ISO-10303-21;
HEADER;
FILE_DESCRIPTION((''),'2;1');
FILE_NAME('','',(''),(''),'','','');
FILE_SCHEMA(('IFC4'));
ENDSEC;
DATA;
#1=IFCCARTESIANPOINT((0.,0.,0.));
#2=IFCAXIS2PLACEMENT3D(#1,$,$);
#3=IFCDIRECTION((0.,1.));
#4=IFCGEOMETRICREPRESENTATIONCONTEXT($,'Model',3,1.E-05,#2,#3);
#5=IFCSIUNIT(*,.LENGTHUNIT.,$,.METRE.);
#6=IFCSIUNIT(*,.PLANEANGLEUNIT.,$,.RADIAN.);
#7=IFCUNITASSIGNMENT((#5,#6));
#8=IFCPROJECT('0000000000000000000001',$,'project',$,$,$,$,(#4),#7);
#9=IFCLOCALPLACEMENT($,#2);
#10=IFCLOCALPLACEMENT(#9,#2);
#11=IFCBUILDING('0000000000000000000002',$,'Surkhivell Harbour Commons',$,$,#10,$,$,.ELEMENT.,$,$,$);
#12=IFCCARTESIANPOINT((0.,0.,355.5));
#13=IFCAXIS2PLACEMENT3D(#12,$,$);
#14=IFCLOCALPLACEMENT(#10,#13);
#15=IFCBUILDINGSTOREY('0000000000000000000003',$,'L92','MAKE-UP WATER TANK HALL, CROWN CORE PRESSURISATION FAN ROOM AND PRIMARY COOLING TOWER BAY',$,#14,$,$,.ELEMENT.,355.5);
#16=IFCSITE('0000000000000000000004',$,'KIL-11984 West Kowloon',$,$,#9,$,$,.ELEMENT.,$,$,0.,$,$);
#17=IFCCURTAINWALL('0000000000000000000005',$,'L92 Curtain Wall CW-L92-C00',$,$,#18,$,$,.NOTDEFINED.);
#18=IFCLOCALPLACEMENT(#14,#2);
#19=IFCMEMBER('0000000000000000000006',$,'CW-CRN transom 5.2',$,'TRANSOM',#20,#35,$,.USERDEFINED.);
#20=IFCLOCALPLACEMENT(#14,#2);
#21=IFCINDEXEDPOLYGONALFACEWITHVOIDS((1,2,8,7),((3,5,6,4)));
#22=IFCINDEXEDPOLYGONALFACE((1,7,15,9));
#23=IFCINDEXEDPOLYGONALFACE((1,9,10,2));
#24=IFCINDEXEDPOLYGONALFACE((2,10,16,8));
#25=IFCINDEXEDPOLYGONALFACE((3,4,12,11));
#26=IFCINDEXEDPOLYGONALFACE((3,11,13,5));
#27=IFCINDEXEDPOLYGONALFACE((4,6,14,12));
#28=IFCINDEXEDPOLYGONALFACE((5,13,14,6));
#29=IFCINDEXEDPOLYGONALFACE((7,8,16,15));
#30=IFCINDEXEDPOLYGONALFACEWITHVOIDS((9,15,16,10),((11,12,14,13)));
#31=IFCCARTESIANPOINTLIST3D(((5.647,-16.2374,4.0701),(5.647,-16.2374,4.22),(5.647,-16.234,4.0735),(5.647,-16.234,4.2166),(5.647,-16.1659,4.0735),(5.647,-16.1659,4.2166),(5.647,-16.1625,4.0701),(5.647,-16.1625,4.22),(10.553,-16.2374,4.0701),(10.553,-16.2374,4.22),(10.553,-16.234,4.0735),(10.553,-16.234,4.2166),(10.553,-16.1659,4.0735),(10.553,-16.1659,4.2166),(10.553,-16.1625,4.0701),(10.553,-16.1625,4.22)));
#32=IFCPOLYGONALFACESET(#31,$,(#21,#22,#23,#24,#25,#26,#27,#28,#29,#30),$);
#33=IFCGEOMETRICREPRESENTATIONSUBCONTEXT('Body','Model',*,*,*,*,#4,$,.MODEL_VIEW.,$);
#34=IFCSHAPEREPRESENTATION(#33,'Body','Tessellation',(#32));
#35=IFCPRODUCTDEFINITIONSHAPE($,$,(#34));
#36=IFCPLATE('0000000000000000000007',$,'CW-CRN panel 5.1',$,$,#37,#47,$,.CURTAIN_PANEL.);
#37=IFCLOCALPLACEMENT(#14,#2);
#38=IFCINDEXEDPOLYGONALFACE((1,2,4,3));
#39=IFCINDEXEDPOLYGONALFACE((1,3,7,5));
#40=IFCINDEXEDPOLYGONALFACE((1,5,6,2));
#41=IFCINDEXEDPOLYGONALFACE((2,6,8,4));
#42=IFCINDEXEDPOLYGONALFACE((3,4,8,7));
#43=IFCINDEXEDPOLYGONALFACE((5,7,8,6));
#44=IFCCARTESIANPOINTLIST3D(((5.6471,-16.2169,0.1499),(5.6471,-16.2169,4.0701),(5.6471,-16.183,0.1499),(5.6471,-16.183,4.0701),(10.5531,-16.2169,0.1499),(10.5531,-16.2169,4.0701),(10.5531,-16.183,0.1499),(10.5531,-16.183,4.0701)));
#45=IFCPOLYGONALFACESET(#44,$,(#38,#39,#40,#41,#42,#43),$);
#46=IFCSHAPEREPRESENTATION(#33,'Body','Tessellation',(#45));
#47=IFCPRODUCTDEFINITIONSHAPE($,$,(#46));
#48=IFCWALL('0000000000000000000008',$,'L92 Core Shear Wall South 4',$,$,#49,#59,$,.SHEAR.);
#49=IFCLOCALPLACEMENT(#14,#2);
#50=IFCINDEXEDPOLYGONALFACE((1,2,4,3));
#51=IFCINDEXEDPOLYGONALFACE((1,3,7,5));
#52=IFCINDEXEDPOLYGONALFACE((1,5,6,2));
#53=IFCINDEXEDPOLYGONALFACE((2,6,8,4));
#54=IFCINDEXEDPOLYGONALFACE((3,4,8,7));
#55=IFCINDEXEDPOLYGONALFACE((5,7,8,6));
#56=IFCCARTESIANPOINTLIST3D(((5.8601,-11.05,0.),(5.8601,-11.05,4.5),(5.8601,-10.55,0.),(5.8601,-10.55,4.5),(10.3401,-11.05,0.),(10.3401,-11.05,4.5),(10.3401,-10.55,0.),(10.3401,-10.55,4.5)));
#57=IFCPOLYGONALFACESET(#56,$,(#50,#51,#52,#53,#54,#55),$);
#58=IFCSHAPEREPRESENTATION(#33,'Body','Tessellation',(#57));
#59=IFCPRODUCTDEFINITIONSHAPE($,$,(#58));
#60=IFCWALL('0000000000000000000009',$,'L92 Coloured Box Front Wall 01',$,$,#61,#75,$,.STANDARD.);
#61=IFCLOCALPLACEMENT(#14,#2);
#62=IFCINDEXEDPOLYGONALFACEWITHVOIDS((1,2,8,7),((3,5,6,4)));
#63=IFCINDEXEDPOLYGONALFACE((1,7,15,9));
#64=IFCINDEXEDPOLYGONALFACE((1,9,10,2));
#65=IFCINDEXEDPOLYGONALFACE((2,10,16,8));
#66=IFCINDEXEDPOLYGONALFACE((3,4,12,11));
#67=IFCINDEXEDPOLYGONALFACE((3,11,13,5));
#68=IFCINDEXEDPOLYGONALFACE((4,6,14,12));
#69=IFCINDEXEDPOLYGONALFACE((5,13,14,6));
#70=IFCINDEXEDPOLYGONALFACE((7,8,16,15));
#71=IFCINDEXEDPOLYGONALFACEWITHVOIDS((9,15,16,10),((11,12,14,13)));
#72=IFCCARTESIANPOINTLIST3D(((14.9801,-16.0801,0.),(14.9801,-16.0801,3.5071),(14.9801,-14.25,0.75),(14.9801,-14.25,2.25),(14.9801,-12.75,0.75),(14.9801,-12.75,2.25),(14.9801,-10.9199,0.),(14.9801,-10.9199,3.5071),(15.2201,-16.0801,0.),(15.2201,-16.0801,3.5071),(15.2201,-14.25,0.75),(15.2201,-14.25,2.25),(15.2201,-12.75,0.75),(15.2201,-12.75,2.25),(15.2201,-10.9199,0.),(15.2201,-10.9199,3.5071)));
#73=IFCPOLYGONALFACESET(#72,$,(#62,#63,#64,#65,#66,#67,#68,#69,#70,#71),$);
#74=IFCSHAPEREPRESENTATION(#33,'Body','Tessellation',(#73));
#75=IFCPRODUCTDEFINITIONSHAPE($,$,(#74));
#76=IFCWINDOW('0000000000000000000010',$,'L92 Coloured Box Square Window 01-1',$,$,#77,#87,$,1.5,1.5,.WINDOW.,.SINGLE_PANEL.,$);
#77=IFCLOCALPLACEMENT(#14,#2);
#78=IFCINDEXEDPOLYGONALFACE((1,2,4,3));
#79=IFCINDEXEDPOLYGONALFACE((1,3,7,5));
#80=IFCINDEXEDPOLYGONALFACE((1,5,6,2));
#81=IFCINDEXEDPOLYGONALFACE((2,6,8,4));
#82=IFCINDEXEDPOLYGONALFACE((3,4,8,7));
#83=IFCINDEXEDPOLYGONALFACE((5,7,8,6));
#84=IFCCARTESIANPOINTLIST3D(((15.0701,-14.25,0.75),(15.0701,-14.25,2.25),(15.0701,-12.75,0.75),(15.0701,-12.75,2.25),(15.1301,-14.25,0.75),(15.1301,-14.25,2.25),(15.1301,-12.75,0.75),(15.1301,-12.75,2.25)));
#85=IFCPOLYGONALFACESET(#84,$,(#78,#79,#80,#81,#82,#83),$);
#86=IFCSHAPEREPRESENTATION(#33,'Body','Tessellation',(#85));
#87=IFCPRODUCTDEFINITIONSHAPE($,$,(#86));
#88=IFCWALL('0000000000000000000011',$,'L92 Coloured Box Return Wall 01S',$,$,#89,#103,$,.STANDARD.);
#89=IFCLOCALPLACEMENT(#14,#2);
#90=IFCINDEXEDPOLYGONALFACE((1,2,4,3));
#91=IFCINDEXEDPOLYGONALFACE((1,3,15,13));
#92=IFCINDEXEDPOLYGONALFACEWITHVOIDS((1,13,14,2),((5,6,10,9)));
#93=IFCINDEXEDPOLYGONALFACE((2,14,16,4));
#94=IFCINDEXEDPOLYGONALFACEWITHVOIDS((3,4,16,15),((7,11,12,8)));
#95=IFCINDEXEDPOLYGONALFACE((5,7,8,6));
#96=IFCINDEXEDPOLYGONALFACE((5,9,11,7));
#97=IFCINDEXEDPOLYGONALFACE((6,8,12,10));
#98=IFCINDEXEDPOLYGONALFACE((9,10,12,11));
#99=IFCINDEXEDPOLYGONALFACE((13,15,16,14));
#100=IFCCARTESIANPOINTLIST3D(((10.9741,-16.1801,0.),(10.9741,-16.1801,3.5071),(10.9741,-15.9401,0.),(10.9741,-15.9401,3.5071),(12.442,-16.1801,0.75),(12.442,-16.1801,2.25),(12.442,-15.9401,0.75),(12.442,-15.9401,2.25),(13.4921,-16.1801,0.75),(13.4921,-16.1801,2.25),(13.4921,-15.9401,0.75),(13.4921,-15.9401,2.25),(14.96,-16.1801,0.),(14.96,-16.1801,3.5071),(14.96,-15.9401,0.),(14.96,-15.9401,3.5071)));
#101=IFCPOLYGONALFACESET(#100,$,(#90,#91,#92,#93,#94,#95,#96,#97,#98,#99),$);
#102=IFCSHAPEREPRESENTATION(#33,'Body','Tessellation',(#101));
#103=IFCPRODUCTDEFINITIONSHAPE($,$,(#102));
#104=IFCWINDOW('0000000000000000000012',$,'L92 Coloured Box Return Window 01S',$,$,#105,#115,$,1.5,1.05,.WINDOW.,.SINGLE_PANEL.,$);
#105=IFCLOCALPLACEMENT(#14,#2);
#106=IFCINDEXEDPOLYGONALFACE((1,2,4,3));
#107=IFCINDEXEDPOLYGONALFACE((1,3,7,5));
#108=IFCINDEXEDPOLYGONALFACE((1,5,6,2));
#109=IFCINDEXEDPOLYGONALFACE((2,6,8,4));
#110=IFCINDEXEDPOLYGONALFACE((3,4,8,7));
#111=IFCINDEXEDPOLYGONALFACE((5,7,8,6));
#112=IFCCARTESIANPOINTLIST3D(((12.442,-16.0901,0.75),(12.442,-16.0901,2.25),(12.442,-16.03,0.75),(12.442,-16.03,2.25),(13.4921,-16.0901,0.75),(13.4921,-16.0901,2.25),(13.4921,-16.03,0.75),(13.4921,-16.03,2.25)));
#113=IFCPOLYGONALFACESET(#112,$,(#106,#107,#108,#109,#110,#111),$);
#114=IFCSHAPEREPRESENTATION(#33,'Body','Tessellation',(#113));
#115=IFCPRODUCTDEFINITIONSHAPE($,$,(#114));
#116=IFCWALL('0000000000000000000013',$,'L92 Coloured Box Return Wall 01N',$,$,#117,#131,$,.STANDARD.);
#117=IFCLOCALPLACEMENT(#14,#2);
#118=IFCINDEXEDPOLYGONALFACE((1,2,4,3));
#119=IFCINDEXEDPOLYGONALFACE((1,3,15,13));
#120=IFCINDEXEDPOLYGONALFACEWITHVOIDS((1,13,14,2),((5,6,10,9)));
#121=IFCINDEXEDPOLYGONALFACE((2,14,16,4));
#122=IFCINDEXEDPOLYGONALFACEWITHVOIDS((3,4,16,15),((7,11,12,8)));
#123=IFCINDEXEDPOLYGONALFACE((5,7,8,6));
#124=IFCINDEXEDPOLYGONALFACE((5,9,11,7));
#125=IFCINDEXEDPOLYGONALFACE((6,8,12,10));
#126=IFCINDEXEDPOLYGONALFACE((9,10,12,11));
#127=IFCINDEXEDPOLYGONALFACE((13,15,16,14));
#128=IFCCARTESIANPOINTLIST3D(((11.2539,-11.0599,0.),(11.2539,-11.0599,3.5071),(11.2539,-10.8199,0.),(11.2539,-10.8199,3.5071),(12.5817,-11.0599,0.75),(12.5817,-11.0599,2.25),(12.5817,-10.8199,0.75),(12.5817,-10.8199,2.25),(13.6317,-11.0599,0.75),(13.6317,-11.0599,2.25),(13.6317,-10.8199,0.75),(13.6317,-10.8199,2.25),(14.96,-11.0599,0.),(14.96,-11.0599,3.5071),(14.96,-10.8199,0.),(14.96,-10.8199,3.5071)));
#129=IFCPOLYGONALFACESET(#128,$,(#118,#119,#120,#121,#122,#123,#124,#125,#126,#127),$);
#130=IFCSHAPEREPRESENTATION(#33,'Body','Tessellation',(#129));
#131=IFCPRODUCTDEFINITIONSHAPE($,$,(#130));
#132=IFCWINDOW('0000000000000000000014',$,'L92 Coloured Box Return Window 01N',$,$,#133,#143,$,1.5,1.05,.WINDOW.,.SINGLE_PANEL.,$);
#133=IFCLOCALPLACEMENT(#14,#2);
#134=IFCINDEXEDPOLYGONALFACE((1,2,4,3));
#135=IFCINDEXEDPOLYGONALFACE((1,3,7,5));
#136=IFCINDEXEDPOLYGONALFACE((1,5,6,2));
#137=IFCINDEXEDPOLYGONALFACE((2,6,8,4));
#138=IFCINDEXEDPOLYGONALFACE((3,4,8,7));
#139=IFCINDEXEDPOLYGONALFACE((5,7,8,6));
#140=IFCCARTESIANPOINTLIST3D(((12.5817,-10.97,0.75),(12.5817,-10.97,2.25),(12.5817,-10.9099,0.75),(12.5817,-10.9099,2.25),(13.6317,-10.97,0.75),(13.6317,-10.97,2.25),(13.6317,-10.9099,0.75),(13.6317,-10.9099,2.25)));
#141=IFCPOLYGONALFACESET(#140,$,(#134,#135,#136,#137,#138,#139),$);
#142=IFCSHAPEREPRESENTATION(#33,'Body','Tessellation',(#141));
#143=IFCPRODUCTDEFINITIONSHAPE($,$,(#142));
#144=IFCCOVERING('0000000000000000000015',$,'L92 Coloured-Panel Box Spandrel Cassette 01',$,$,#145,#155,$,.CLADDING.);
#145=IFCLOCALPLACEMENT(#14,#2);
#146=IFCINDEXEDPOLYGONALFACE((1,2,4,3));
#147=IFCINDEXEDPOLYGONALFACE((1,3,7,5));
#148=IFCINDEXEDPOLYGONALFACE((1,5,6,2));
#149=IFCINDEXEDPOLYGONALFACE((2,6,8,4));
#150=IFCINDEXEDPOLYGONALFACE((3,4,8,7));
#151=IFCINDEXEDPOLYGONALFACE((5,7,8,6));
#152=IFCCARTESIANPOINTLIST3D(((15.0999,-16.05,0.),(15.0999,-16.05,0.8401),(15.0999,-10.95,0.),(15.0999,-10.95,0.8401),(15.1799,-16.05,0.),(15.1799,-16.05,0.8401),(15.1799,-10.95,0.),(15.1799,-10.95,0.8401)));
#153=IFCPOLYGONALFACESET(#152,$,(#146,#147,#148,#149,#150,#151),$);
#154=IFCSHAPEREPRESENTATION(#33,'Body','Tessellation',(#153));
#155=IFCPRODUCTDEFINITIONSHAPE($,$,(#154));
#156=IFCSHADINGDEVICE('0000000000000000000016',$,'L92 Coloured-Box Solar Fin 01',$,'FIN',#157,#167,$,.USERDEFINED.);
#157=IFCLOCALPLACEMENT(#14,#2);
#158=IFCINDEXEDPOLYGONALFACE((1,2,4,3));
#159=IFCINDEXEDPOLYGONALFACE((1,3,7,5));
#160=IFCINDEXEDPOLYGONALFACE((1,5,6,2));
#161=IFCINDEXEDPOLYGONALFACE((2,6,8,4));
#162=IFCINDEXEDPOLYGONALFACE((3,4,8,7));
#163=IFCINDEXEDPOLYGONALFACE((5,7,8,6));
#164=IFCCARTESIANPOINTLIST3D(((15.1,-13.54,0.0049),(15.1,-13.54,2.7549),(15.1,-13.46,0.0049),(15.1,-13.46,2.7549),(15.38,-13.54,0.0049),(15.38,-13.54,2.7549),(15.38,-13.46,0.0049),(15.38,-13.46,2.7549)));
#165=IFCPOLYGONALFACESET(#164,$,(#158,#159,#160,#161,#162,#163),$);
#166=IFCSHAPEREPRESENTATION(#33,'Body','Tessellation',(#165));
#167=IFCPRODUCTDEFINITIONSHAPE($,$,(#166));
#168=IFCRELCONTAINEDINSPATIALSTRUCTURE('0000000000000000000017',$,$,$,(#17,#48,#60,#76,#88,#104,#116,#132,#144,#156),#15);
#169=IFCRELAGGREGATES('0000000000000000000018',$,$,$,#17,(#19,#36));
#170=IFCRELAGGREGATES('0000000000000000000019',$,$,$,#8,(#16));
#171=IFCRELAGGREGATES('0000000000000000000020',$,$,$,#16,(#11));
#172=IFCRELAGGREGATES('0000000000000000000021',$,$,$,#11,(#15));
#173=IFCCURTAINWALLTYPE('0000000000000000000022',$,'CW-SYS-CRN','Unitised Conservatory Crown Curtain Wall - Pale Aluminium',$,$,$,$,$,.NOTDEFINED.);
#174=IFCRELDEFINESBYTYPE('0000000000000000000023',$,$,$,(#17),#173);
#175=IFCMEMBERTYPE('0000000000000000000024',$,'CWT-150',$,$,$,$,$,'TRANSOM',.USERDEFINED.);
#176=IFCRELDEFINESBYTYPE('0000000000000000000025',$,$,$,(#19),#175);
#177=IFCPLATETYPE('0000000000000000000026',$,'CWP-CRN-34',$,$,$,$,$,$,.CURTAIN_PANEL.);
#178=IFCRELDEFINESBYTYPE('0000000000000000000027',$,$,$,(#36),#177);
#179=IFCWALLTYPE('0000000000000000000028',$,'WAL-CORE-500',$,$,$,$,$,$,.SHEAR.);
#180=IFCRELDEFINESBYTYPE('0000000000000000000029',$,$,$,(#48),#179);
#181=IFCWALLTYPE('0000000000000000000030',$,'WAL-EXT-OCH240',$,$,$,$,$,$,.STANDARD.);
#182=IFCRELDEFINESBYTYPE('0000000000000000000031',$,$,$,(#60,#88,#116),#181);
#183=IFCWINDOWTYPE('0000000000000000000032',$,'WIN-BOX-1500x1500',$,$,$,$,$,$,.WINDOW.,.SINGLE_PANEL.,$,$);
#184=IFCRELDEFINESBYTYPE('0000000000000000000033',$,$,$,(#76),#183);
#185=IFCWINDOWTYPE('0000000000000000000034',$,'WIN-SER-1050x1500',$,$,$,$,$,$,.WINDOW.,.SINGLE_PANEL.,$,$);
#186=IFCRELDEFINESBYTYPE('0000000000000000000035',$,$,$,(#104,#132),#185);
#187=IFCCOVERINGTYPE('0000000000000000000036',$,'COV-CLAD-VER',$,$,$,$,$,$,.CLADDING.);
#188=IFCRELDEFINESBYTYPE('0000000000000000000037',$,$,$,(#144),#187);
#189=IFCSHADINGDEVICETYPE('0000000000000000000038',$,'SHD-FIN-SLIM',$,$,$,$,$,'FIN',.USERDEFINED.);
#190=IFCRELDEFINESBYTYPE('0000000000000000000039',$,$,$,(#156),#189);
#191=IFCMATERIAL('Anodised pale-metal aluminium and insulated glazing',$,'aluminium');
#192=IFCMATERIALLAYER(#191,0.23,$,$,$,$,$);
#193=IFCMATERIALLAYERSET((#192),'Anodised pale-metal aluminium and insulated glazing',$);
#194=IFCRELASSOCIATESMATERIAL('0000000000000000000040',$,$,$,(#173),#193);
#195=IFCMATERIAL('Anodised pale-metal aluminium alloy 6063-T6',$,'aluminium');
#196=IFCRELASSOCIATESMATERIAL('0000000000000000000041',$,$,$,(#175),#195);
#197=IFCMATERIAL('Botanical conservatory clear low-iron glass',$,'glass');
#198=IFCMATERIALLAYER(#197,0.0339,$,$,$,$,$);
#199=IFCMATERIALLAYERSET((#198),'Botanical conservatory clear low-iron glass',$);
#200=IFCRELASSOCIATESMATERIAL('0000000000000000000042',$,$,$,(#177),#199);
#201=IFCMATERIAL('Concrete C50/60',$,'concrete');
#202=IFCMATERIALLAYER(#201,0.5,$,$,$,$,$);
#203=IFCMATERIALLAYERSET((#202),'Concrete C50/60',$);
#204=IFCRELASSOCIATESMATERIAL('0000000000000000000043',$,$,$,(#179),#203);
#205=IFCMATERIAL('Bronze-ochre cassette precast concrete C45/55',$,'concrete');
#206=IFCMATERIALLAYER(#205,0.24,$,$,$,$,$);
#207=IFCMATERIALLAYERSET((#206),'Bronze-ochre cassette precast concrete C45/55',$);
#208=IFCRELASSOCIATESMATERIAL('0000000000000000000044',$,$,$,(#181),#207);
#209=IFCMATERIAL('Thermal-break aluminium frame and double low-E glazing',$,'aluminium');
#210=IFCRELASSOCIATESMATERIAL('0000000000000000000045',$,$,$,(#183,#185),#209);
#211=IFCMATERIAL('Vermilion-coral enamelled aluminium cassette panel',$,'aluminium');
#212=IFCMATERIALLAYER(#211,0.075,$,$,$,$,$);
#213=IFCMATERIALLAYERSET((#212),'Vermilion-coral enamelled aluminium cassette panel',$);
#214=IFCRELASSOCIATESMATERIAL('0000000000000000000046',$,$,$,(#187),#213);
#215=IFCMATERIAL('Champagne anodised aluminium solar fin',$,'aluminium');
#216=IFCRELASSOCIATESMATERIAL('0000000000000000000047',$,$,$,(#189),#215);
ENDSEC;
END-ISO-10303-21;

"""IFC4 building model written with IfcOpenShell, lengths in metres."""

from ifc_helpers import new_model, si_unit, direction, frame, frame_2d, origin, origin_2d, place, context, subcontext, project, spatial, rectangle, hollow_rectangle, extrude, material, layer, layer_set, material_profile, profile_set, type_object, element, fill, aggregate, save


model = new_model("IFC4")

# Units and contexts
model_context = context("Model", 3, precision=1e-05, world=origin(), true_north=direction((0.0, 1.0)))
body_context = subcontext(model_context, "Body", "Model", "MODEL_VIEW")
ifc_project = project(units=[si_unit("LENGTHUNIT", "METRE"), si_unit("PLANEANGLEUNIT", "RADIAN")], contexts=[model_context])

# Site, building, storey
site_placement = place(None, origin())
site = spatial("IfcSite", under=ifc_project, at=site_placement, Name="KIL-11984 West Kowloon", CompositionType="ELEMENT", RefElevation=0.0)
building_placement = place(site_placement, origin())
building = spatial("IfcBuilding", under=site, at=building_placement, Name="Surkhivell Harbour Commons", CompositionType="ELEMENT")
storey_placement = place(building_placement, frame((0.0, 0.0, 355.5)))
storey = spatial("IfcBuildingStorey", under=building, at=storey_placement, Name="L92", Description="MAKE-UP WATER TANK HALL, CROWN CORE PRESSURISATION FAN ROOM AND PRIMARY COOLING TOWER BAY", CompositionType="ELEMENT", Elevation=355.5)

# Curtain wall, member, plate
ifc_material_1 = material(Name="Anodised pale-metal aluminium and insulated glazing", Category="aluminium")
ifc_layer_1 = layer(ifc_material_1, 0.23)
ifc_layer_set_1 = layer_set([ifc_layer_1], Name="Anodised pale-metal aluminium and insulated glazing")
curtain_wall_type = type_object("IfcCurtainWallType", Name="CW-SYS-CRN", Description="Unitised Conservatory Crown Curtain Wall - Pale Aluminium", PredefinedType="NOTDEFINED", material=ifc_layer_set_1)
curtain_wall_placement = place(storey_placement, origin())
curtain_wall = element("IfcCurtainWall", 1, at=curtain_wall_placement, inside=storey, type_object=curtain_wall_type, Name="L92 Curtain Wall CW-L92-C00", PredefinedType="NOTDEFINED")
ifc_material_2 = material(Name="Anodised pale-metal aluminium alloy 6063-T6", Category="aluminium")
ifc_material_profile_1 = material_profile(ifc_material_2, hollow_rectangle(XDim=0.075, YDim=0.1499, WallThickness=0.0034, at=origin_2d()), Name="ALU-TRAN-75x150")
ifc_profile_set_1 = profile_set([ifc_material_profile_1], Name="Anodised pale-metal aluminium alloy 6063-T6")
member_type_1 = type_object("IfcMemberType", Name="CWT-150", ElementType="TRANSOM", PredefinedType="USERDEFINED", material=ifc_profile_set_1)
member_1_placement = place(storey_placement, frame((5.647, -16.2, 4.145), z_axis=(1.0, 0.0, 0.0), x_axis=(0.0, 1.0, 0.0)))
member_1 = element("IfcMember", 2, at=member_1_placement, type_object=member_type_1, Name="CW-CRN transom 5.2", ObjectType="TRANSOM", PredefinedType="USERDEFINED", context=body_context, shape_type="SweptSolid", body=[
    extrude(hollow_rectangle(XDim=0.075, YDim=0.1499, WallThickness=0.0034, at=origin_2d()), origin(), (0.0, 0.0, 1.0), 4.906),
])
ifc_material_3 = material(Name="Botanical conservatory clear low-iron glass", Category="glass")
ifc_layer_2 = layer(ifc_material_3, 0.0339)
ifc_layer_set_2 = layer_set([ifc_layer_2], Name="Botanical conservatory clear low-iron glass")
plate_type = type_object("IfcPlateType", Name="CWP-CRN-34", PredefinedType="CURTAIN_PANEL", material=ifc_layer_set_2)
plate_placement = place(storey_placement, frame((5.647, -16.2, 0.1499), z_axis=(0.0, 0.0, 1.0), x_axis=(1.0, 0.0, 0.0)))
plate = element("IfcPlate", 3, at=plate_placement, type_object=plate_type, Name="CW-CRN panel 5.1", PredefinedType="CURTAIN_PANEL", context=body_context, shape_type="SweptSolid", body=[
    extrude(rectangle(XDim=4.906, YDim=0.0339, at=frame_2d((2.4531, 0.0))), origin(), (0.0, 0.0, 1.0), 3.9202),
])
aggregate(curtain_wall, [member_1, plate])

# Wall
ifc_material_4 = material(Name="Concrete C50/60", Category="concrete")
ifc_layer_3 = layer(ifc_material_4, 0.5)
ifc_layer_set_3 = layer_set([ifc_layer_3], Name="Concrete C50/60")
wall_type_1 = type_object("IfcWallType", Name="WAL-CORE-500", PredefinedType="SHEAR", material=ifc_layer_set_3)
wall_1_placement = place(storey_placement, frame((5.8601, -10.8, 0.0), z_axis=(0.0, 0.0, 1.0), x_axis=(1.0, 0.0, 0.0)))
element("IfcWall", 4, at=wall_1_placement, inside=storey, type_object=wall_type_1, Name="L92 Core Shear Wall South 4", PredefinedType="SHEAR", context=body_context, shape_type="SweptSolid", body=[
    extrude(rectangle(XDim=4.48, YDim=0.5, at=frame_2d((2.24, 0.0))), origin(), (0.0, 0.0, 1.0), 4.5),
])

# Walls, openings, windows
ifc_material_5 = material(Name="Bronze-ochre cassette precast concrete C45/55", Category="concrete")
ifc_layer_4 = layer(ifc_material_5, 0.24)
ifc_layer_set_4 = layer_set([ifc_layer_4], Name="Bronze-ochre cassette precast concrete C45/55")
wall_type_2 = type_object("IfcWallType", Name="WAL-EXT-OCH240", PredefinedType="STANDARD", material=ifc_layer_set_4)
wall_2_placement = place(storey_placement, frame((15.1001, -16.0801, 0.0), z_axis=(0.0, 0.0, 1.0), x_axis=(0.0, 1.0, 0.0)))
wall_2 = element("IfcWall", 5, at=wall_2_placement, inside=storey, type_object=wall_type_2, Name="L92 Coloured Box Front Wall 01", PredefinedType="STANDARD", context=body_context, shape_type="SweptSolid", body=[
    extrude(rectangle(XDim=5.1602, YDim=0.24, at=frame_2d((2.5801, 0.0))), origin(), (0.0, 0.0, 1.0), 3.5071),
])
opening_1_placement = place(wall_2_placement, frame((1.8301, 0.0, 0.75)))
opening_1 = element("IfcOpeningElement", 6, at=opening_1_placement, cuts=wall_2, PredefinedType="OPENING", context=body_context, shape_type="SweptSolid", body=[
    extrude(rectangle(XDim=1.5, YDim=1.5, at=frame_2d((0.75, 0.75))), frame((0.0, 0.1299, 0.0), z_axis=(0.0, -1.0, 0.0), x_axis=(1.0, 0.0, 0.0)), (0.0, 0.0, 1.0), 0.26),
])
ifc_material_6 = material(Name="Thermal-break aluminium frame and double low-E glazing", Category="aluminium")
window_type_1 = type_object("IfcWindowType", Name="WIN-BOX-1500x1500", PartitioningType="SINGLE_PANEL", PredefinedType="WINDOW", material=ifc_material_6)
window_1_placement = place(opening_1_placement, origin())
window_1 = element("IfcWindow", 7, at=window_1_placement, inside=storey, type_object=window_type_1, Name="L92 Coloured Box Square Window 01-1", OverallHeight=1.5, OverallWidth=1.5, PartitioningType="SINGLE_PANEL", PredefinedType="WINDOW", context=body_context, shape_type="SweptSolid", body=[
    extrude(rectangle(XDim=1.5, YDim=1.5, at=frame_2d((0.75, 0.75))), frame((0.0, 0.03, 0.0), z_axis=(0.0, -1.0, 0.0), x_axis=(1.0, 0.0, 0.0)), (0.0, 0.0, 1.0), 0.0601),
])
fill(opening_1, window_1)
wall_3_placement = place(storey_placement, frame((10.9741, -16.0601, 0.0), z_axis=(0.0, 0.0, 1.0), x_axis=(1.0, 0.0, 0.0)))
wall_3 = element("IfcWall", 8, at=wall_3_placement, inside=storey, type_object=wall_type_2, Name="L92 Coloured Box Return Wall 01S", PredefinedType="STANDARD", context=body_context, shape_type="SweptSolid", body=[
    extrude(rectangle(XDim=3.9858, YDim=0.24, at=frame_2d((1.9929, 0.0))), origin(), (0.0, 0.0, 1.0), 3.5071),
])
opening_2_placement = place(wall_3_placement, frame((1.468, 0.0, 0.75)))
opening_2 = element("IfcOpeningElement", 9, at=opening_2_placement, cuts=wall_3, PredefinedType="OPENING", context=body_context, shape_type="SweptSolid", body=[
    extrude(rectangle(XDim=1.05, YDim=1.5, at=frame_2d((0.5249, 0.75))), frame((0.0, 0.1299, 0.0), z_axis=(0.0, -1.0, 0.0), x_axis=(1.0, 0.0, 0.0)), (0.0, 0.0, 1.0), 0.26),
])
window_type_2 = type_object("IfcWindowType", Name="WIN-SER-1050x1500", PartitioningType="SINGLE_PANEL", PredefinedType="WINDOW", material=ifc_material_6)
window_2_placement = place(opening_2_placement, origin())
window_2 = element("IfcWindow", 10, at=window_2_placement, inside=storey, type_object=window_type_2, Name="L92 Coloured Box Return Window 01S", OverallHeight=1.5, OverallWidth=1.05, PartitioningType="SINGLE_PANEL", PredefinedType="WINDOW", context=body_context, shape_type="SweptSolid", body=[
    extrude(rectangle(XDim=1.05, YDim=1.5, at=frame_2d((0.5249, 0.75))), frame((0.0, 0.03, 0.0), z_axis=(0.0, -1.0, 0.0), x_axis=(1.0, 0.0, 0.0)), (0.0, 0.0, 1.0), 0.0601),
])
fill(opening_2, window_2)
wall_4_placement = place(storey_placement, frame((11.2539, -10.9399, 0.0), z_axis=(0.0, 0.0, 1.0), x_axis=(1.0, 0.0, 0.0)))
wall_4 = element("IfcWall", 11, at=wall_4_placement, inside=storey, type_object=wall_type_2, Name="L92 Coloured Box Return Wall 01N", PredefinedType="STANDARD", context=body_context, shape_type="SweptSolid", body=[
    extrude(rectangle(XDim=3.7061, YDim=0.24, at=frame_2d((1.853, 0.0))), origin(), (0.0, 0.0, 1.0), 3.5071),
])
opening_3_placement = place(wall_4_placement, frame((1.3279, 0.0, 0.75)))
opening_3 = element("IfcOpeningElement", 12, at=opening_3_placement, cuts=wall_4, PredefinedType="OPENING", context=body_context, shape_type="SweptSolid", body=[
    extrude(rectangle(XDim=1.05, YDim=1.5, at=frame_2d((0.5249, 0.75))), frame((0.0, 0.1299, 0.0), z_axis=(0.0, -1.0, 0.0), x_axis=(1.0, 0.0, 0.0)), (0.0, 0.0, 1.0), 0.26),
])
window_3_placement = place(opening_3_placement, origin())
window_3 = element("IfcWindow", 13, at=window_3_placement, inside=storey, type_object=window_type_2, Name="L92 Coloured Box Return Window 01N", OverallHeight=1.5, OverallWidth=1.05, PartitioningType="SINGLE_PANEL", PredefinedType="WINDOW", context=body_context, shape_type="SweptSolid", body=[
    extrude(rectangle(XDim=1.05, YDim=1.5, at=frame_2d((0.5249, 0.75))), frame((0.0, 0.03, 0.0), z_axis=(0.0, -1.0, 0.0), x_axis=(1.0, 0.0, 0.0)), (0.0, 0.0, 1.0), 0.0601),
])
fill(opening_3, window_3)

# Covering
ifc_material_7 = material(Name="Vermilion-coral enamelled aluminium cassette panel", Category="aluminium")
ifc_layer_5 = layer(ifc_material_7, 0.075)
ifc_layer_set_5 = layer_set([ifc_layer_5], Name="Vermilion-coral enamelled aluminium cassette panel")
covering_type = type_object("IfcCoveringType", Name="COV-CLAD-VER", PredefinedType="CLADDING", material=ifc_layer_set_5)
covering_placement = place(storey_placement, frame((15.1399, -13.5, 0.0), z_axis=(0.0, 0.0, 1.0), x_axis=(1.0, 0.0, 0.0)))
element("IfcCovering", 14, at=covering_placement, inside=storey, type_object=covering_type, Name="L92 Coloured-Panel Box Spandrel Cassette 01", PredefinedType="CLADDING", context=body_context, shape_type="SweptSolid", body=[
    extrude(rectangle(XDim=0.0801, YDim=5.1001, at=origin_2d()), origin(), (0.0, 0.0, 1.0), 0.8401),
])

# Shading device
ifc_material_8 = material(Name="Champagne anodised aluminium solar fin", Category="aluminium")
shading_device_type = type_object("IfcShadingDeviceType", Name="SHD-FIN-SLIM", ElementType="FIN", PredefinedType="USERDEFINED", material=ifc_material_8)
shading_device_placement = place(storey_placement, frame((15.24, -13.5, 0.0049), z_axis=(0.0, 0.0, 1.0), x_axis=(1.0, 0.0, 0.0)))
element("IfcShadingDevice", 15, at=shading_device_placement, inside=storey, type_object=shading_device_type, Name="L92 Coloured-Box Solar Fin 01", ObjectType="FIN", PredefinedType="USERDEFINED", context=body_context, shape_type="SweptSolid", body=[
    extrude(rectangle(XDim=0.28, YDim=0.0801, at=origin_2d()), origin(), (0.0, 0.0, 1.0), 2.75),
])

save(model, "model.ifc")
